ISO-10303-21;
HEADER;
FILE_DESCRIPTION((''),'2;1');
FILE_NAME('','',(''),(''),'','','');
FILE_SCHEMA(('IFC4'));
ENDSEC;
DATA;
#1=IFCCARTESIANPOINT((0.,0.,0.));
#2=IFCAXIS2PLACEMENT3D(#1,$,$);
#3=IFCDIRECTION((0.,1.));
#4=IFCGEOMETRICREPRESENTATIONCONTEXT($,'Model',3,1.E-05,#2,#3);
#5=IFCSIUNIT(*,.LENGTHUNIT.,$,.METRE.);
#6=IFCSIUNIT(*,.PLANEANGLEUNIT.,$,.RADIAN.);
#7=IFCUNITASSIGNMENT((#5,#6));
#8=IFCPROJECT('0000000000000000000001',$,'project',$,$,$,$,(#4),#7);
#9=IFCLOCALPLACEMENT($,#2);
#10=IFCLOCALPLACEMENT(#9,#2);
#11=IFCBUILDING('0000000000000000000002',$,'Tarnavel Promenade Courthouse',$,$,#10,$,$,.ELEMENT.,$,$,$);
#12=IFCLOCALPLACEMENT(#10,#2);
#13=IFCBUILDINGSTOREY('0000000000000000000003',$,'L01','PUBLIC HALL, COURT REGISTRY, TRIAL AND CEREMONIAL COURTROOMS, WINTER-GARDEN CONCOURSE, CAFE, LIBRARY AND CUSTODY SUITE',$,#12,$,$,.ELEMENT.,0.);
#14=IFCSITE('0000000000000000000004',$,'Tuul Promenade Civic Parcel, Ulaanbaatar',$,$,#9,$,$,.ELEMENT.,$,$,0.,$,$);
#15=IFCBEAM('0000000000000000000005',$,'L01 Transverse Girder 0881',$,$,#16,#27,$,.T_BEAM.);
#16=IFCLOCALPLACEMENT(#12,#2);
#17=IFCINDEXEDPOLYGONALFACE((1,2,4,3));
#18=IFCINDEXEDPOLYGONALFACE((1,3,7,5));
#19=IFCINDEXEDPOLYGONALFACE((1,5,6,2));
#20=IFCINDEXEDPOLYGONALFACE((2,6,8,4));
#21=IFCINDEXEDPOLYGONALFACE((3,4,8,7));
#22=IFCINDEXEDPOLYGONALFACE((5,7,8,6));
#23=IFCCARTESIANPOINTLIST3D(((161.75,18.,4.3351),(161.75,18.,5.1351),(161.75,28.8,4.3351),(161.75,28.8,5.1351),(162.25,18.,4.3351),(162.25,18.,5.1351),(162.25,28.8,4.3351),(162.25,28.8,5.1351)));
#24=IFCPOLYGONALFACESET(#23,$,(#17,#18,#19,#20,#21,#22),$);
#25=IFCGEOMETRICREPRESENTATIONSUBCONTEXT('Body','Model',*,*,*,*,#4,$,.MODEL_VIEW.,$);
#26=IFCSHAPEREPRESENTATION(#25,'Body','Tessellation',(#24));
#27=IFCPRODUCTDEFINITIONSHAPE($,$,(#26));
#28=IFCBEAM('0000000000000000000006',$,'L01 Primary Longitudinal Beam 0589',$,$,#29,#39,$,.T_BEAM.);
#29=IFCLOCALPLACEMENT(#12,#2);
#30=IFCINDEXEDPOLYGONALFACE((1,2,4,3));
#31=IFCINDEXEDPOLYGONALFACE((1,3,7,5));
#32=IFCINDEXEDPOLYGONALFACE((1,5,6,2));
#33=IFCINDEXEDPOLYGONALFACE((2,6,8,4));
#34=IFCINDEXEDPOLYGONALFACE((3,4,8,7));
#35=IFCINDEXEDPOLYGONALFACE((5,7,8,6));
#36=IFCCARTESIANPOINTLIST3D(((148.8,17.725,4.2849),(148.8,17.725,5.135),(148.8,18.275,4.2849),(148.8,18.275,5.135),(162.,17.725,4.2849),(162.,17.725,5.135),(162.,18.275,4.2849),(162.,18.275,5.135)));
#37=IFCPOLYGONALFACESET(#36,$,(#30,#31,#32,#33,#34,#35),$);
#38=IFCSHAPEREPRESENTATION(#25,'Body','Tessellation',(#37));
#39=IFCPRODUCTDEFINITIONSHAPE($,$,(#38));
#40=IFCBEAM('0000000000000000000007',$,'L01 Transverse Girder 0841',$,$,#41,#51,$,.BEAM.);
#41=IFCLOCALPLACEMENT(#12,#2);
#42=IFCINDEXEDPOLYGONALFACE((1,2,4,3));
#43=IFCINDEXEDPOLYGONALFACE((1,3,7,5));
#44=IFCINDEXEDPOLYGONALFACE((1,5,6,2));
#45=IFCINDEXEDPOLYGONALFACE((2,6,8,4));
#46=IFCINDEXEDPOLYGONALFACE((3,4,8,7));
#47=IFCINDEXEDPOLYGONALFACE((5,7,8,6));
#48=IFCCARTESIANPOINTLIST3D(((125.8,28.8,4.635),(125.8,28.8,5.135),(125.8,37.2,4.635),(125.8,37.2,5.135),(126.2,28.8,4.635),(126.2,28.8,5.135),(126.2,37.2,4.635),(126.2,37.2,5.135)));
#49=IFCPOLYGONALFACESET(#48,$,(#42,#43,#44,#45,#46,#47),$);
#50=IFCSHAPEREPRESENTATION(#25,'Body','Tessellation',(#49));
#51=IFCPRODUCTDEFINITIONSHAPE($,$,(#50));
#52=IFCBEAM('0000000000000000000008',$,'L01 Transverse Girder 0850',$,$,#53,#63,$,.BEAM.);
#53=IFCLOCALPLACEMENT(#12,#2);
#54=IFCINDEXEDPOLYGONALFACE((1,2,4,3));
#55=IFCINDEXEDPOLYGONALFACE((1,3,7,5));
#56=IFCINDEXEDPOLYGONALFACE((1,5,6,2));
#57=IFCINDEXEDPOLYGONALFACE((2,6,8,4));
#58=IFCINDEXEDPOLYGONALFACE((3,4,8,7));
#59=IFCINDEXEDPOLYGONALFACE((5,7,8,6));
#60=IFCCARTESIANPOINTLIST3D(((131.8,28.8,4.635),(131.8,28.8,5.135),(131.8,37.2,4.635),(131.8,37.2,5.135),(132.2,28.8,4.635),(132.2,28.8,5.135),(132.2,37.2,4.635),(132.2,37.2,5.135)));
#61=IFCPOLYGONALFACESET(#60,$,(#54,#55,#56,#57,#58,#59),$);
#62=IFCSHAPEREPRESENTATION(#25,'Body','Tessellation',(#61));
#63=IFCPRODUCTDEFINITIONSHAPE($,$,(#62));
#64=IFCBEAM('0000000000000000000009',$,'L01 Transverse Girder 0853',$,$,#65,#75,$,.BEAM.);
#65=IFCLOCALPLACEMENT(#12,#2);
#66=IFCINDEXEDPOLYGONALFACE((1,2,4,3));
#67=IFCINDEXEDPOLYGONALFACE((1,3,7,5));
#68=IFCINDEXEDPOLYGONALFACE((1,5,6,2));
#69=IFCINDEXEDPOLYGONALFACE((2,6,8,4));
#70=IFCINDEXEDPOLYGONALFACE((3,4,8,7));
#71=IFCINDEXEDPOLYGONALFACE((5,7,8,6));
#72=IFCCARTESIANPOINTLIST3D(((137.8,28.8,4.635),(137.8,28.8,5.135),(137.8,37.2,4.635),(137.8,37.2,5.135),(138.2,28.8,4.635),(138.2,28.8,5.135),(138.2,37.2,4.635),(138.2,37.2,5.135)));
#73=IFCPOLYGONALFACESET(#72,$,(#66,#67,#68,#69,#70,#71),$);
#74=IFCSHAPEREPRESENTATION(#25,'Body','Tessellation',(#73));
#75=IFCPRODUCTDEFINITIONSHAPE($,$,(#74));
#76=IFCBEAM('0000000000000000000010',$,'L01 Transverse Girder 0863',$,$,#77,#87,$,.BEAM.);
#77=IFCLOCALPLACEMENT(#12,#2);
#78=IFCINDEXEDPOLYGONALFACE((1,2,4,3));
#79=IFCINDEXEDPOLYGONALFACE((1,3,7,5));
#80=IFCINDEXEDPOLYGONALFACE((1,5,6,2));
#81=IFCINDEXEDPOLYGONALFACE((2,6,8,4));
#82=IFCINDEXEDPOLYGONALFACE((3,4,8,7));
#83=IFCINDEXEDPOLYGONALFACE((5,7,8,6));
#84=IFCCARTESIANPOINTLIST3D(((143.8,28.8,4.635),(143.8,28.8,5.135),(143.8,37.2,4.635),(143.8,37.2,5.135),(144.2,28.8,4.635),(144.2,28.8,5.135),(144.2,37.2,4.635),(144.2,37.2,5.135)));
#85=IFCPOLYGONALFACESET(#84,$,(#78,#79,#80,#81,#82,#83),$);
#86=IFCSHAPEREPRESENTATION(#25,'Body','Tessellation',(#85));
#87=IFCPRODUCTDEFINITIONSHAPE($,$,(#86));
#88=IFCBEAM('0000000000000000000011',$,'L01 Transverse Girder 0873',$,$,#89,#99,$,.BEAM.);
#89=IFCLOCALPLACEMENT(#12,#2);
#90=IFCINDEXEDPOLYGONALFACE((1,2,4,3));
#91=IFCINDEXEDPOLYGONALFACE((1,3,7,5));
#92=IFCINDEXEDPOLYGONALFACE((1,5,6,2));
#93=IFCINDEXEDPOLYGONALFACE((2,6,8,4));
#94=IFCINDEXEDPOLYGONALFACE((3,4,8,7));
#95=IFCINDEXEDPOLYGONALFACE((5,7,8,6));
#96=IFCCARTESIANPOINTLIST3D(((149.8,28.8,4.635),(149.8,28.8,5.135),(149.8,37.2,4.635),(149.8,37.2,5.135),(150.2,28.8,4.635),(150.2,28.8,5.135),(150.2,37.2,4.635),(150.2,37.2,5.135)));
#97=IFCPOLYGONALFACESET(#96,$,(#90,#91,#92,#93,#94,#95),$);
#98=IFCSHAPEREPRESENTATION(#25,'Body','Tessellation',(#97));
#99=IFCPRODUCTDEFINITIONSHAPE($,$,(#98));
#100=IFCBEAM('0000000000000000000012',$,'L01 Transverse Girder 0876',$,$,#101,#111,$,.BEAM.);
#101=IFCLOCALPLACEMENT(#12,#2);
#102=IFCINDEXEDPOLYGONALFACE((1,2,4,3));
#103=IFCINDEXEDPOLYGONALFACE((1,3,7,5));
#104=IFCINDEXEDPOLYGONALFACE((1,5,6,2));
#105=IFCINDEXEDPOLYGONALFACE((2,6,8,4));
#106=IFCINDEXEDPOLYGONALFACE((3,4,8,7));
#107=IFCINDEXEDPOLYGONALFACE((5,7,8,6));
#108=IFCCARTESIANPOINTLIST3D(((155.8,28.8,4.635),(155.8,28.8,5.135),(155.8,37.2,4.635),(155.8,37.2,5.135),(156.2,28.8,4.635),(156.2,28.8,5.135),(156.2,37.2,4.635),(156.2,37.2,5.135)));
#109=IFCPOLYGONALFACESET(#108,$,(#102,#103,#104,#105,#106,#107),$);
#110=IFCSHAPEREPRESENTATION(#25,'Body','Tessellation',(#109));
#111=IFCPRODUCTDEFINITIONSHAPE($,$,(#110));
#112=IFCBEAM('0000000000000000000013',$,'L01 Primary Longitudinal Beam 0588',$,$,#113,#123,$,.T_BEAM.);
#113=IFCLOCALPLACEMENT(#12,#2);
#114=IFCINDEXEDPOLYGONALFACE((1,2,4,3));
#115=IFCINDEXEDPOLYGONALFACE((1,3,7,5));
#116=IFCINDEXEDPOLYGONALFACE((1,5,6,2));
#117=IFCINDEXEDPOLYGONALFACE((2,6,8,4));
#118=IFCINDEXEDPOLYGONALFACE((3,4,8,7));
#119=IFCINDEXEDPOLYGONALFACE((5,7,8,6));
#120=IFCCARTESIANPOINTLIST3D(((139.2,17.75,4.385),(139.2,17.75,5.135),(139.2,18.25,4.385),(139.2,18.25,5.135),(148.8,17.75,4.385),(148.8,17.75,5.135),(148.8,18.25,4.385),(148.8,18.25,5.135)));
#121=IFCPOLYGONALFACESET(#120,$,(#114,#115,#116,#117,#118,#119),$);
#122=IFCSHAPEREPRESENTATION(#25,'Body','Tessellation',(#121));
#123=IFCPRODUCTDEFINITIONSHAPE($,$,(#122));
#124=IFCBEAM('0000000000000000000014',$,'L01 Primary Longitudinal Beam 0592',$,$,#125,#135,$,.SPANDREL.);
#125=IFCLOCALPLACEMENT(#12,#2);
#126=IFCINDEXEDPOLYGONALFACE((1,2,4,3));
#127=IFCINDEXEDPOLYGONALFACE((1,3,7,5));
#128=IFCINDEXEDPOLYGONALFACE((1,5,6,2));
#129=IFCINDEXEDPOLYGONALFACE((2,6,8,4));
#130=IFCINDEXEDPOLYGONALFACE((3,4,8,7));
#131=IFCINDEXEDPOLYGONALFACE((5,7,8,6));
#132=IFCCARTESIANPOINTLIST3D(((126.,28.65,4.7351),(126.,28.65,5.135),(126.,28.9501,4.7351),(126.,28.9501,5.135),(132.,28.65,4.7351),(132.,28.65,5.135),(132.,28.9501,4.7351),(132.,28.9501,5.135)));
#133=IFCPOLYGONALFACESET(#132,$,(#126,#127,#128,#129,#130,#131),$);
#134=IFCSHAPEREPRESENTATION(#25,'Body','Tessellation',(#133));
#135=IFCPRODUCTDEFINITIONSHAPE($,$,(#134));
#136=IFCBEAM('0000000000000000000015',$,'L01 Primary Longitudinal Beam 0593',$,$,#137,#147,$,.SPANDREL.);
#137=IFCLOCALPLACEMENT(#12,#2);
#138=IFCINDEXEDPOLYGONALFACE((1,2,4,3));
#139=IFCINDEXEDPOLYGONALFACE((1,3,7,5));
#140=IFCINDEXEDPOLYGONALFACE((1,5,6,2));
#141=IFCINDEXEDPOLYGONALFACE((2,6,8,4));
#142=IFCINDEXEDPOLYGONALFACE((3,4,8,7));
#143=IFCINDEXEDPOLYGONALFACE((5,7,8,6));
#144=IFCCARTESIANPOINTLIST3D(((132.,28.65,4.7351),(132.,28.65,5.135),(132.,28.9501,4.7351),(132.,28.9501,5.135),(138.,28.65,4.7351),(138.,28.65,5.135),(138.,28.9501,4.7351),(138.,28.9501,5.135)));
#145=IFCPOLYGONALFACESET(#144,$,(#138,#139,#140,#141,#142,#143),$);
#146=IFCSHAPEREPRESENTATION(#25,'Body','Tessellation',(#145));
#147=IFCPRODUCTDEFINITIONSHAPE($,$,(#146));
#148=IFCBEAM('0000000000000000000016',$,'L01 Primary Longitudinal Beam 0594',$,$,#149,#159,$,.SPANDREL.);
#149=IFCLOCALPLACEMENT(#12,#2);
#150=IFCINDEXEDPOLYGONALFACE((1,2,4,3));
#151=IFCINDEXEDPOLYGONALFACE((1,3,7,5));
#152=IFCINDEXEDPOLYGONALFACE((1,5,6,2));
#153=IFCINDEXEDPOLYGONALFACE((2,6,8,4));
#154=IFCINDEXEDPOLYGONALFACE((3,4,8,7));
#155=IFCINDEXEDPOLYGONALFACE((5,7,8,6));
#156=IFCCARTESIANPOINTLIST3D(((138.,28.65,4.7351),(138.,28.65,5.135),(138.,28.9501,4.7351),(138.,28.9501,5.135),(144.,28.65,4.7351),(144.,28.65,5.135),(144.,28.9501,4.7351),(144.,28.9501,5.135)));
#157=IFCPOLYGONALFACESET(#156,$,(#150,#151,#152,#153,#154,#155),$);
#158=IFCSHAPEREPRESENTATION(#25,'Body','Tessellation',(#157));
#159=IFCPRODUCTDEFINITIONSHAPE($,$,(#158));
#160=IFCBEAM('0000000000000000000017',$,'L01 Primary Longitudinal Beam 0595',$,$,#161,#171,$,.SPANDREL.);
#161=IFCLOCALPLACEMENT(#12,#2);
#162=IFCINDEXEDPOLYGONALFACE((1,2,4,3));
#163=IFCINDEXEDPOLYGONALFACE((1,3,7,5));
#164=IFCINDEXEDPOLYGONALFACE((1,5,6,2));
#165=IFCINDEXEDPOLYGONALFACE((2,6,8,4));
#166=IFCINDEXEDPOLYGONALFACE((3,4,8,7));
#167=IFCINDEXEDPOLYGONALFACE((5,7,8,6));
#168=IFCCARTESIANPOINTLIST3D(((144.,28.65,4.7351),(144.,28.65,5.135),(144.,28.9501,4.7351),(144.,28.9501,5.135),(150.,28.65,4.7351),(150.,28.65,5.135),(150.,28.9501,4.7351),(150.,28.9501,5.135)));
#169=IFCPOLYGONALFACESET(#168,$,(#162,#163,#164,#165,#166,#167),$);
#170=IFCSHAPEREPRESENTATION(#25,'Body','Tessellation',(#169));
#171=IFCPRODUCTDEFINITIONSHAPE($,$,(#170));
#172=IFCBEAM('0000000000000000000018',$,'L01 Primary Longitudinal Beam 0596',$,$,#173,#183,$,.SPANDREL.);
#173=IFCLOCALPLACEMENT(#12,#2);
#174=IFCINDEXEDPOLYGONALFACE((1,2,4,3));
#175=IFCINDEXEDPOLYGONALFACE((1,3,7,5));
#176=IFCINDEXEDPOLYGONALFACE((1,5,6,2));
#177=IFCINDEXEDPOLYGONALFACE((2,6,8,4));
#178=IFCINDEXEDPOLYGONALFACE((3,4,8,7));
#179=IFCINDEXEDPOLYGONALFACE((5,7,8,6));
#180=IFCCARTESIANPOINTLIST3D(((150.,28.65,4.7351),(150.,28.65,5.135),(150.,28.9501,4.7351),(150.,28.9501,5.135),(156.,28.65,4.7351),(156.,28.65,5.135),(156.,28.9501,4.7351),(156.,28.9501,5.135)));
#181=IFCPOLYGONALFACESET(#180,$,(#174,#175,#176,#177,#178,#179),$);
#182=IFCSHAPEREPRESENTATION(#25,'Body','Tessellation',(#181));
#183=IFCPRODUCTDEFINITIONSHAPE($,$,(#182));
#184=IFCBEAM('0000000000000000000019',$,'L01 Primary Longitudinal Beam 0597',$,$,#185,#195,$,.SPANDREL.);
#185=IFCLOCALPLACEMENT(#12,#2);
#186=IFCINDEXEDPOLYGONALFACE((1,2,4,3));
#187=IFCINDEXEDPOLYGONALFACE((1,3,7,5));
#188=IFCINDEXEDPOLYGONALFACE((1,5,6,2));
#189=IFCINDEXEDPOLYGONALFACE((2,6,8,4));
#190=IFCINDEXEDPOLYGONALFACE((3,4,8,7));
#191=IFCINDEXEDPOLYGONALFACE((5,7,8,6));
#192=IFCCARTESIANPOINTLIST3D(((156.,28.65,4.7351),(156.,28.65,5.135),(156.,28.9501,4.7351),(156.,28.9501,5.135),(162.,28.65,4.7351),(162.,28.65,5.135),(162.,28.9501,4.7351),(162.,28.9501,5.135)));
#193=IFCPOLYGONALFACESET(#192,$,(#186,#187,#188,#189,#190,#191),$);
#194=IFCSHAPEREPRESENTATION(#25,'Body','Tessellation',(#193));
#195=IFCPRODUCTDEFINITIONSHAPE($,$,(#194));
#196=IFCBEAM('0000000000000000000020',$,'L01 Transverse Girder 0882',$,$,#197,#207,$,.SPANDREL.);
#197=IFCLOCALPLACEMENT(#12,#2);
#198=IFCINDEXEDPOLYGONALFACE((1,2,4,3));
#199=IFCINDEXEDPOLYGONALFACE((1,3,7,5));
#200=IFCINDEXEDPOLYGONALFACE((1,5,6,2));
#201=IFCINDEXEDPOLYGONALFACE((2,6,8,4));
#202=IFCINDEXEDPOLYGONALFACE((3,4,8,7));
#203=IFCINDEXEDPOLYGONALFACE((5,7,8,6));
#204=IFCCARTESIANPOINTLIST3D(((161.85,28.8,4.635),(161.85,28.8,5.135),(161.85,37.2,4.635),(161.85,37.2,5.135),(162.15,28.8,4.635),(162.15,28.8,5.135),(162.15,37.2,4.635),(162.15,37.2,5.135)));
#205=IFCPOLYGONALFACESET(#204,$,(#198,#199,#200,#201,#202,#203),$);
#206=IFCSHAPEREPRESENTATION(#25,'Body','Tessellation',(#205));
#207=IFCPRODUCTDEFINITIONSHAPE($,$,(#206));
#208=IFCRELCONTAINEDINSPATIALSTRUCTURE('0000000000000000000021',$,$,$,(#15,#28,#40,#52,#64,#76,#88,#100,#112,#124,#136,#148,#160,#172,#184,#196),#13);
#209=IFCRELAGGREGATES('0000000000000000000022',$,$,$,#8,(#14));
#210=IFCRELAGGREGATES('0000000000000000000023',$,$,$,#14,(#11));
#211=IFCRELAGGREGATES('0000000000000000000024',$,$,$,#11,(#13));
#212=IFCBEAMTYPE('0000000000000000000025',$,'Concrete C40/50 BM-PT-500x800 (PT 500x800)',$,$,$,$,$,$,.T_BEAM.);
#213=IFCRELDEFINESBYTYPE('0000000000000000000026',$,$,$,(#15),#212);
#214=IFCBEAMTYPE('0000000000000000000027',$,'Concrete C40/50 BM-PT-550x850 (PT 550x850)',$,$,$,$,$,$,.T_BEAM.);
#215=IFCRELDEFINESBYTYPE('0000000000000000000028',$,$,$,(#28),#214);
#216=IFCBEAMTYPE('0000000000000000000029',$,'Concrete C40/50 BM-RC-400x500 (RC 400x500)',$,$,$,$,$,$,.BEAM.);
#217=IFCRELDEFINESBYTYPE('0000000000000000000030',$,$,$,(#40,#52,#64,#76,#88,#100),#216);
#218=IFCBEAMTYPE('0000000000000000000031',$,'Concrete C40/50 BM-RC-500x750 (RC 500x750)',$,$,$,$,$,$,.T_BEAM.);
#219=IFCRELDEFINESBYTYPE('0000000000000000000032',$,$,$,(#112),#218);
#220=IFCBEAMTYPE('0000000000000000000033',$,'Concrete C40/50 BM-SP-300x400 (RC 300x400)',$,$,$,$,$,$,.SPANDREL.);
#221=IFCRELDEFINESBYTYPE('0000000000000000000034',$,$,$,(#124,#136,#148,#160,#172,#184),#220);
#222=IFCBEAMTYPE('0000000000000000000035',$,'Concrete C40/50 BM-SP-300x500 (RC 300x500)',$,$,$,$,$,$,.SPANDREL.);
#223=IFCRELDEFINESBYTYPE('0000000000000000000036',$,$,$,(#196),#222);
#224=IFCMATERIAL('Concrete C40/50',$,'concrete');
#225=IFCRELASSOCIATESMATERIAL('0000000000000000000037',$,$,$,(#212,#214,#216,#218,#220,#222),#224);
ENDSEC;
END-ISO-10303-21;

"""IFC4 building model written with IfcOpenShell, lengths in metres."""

from ifc_helpers import new_model, si_unit, direction, frame, origin, origin_2d, place, context, subcontext, project, spatial, rectangle, extrude, material, material_profile, profile_set, type_object, element, save


model = new_model("IFC4")

# Units and contexts
model_context = context("Model", 3, precision=1e-05, world=origin(), true_north=direction((0.0, 1.0)))
body_context = subcontext(model_context, "Body", "Model", "MODEL_VIEW")
ifc_project = project(units=[si_unit("LENGTHUNIT", "METRE"), si_unit("PLANEANGLEUNIT", "RADIAN")], contexts=[model_context])

# Site, building, storey
site_placement = place(None, origin())
site = spatial("IfcSite", under=ifc_project, at=site_placement, Name="Tuul Promenade Civic Parcel, Ulaanbaatar", CompositionType="ELEMENT", RefElevation=0.0)
building_placement = place(site_placement, origin())
building = spatial("IfcBuilding", under=site, at=building_placement, Name="Tarnavel Promenade Courthouse", CompositionType="ELEMENT")
storey_placement = place(building_placement, origin())
storey = spatial("IfcBuildingStorey", under=building, at=storey_placement, Name="L01", Description="PUBLIC HALL, COURT REGISTRY, TRIAL AND CEREMONIAL COURTROOMS, WINTER-GARDEN CONCOURSE, CAFE, LIBRARY AND CUSTODY SUITE", CompositionType="ELEMENT", Elevation=0.0)

# Shared definitions
ifc_material_1 = material(Name="Concrete C40/50", Category="concrete")

# Beams
ifc_material_profile_1 = material_profile(ifc_material_1, rectangle(XDim=0.5, YDim=0.8, at=origin_2d()), Name="PT 500x800")
ifc_profile_set_1 = profile_set([ifc_material_profile_1], Name="Concrete C40/50")
beam_type_1 = type_object("IfcBeamType", Name="Concrete C40/50 BM-PT-500x800 (PT 500x800)", PredefinedType="T_BEAM", material=ifc_profile_set_1)
beam_1_placement = place(storey_placement, frame((162.0, 18.0, 4.7351), z_axis=(0.0, 1.0, 0.0), x_axis=(-1.0, 0.0, 0.0)))
element("IfcBeam", 1, at=beam_1_placement, inside=storey, type_object=beam_type_1, Name="L01 Transverse Girder 0881", PredefinedType="T_BEAM", context=body_context, shape_type="SweptSolid", body=[
    extrude(rectangle(XDim=0.5, YDim=0.8, at=origin_2d()), origin(), (0.0, 0.0, 1.0), 10.8),
])
ifc_material_profile_2 = material_profile(ifc_material_1, rectangle(XDim=0.55, YDim=0.8501, at=origin_2d()), Name="PT 550x850")
ifc_profile_set_2 = profile_set([ifc_material_profile_2], Name="Concrete C40/50")
beam_type_2 = type_object("IfcBeamType", Name="Concrete C40/50 BM-PT-550x850 (PT 550x850)", PredefinedType="T_BEAM", material=ifc_profile_set_2)
beam_2_placement = place(storey_placement, frame((148.8, 18.0, 4.71), z_axis=(1.0, 0.0, 0.0), x_axis=(0.0, 1.0, 0.0)))
element("IfcBeam", 2, at=beam_2_placement, inside=storey, type_object=beam_type_2, Name="L01 Primary Longitudinal Beam 0589", PredefinedType="T_BEAM", context=body_context, shape_type="SweptSolid", body=[
    extrude(rectangle(XDim=0.55, YDim=0.8501, at=origin_2d()), origin(), (0.0, 0.0, 1.0), 13.2),
])
ifc_material_profile_3 = material_profile(ifc_material_1, rectangle(XDim=0.3999, YDim=0.5, at=origin_2d()), Name="RC 400x500")
ifc_profile_set_3 = profile_set([ifc_material_profile_3], Name="Concrete C40/50")
beam_type_3 = type_object("IfcBeamType", Name="Concrete C40/50 BM-RC-400x500 (RC 400x500)", PredefinedType="BEAM", material=ifc_profile_set_3)
for number, where, z_axis, x_axis, name in (
    (3, (126.0, 28.8, 4.885), (0.0, 1.0, 0.0), (-1.0, 0.0, 0.0), "L01 Transverse Girder 0841"),
    (4, (132.0, 28.8, 4.885), (0.0, 1.0, 0.0), (-1.0, 0.0, 0.0), "L01 Transverse Girder 0850"),
    (5, (138.0, 28.8, 4.885), (0.0, 1.0, 0.0), (-1.0, 0.0, 0.0), "L01 Transverse Girder 0853"),
    (6, (144.0, 28.8, 4.885), (0.0, 1.0, 0.0), (-1.0, 0.0, 0.0), "L01 Transverse Girder 0863"),
    (7, (150.0, 28.8, 4.885), (0.0, 1.0, 0.0), (-1.0, 0.0, 0.0), "L01 Transverse Girder 0873"),
    (8, (156.0, 28.8, 4.885), (0.0, 1.0, 0.0), (-1.0, 0.0, 0.0), "L01 Transverse Girder 0876"),
):
    element("IfcBeam", number, at=place(storey_placement, frame(where, z_axis=z_axis, x_axis=x_axis)), inside=storey, type_object=beam_type_3, Name=name, PredefinedType="BEAM", context=body_context, shape_type="SweptSolid", body=[
        extrude(rectangle(XDim=0.3999, YDim=0.5, at=origin_2d()), origin(), (0.0, 0.0, 1.0), 8.3999),
    ])
ifc_material_profile_4 = material_profile(ifc_material_1, rectangle(XDim=0.5, YDim=0.75, at=origin_2d()), Name="RC 500x750")
ifc_profile_set_4 = profile_set([ifc_material_profile_4], Name="Concrete C40/50")
beam_type_4 = type_object("IfcBeamType", Name="Concrete C40/50 BM-RC-500x750 (RC 500x750)", PredefinedType="T_BEAM", material=ifc_profile_set_4)
beam_3_placement = place(storey_placement, frame((139.2, 18.0, 4.76), z_axis=(1.0, 0.0, 0.0), x_axis=(0.0, 1.0, 0.0)))
element("IfcBeam", 9, at=beam_3_placement, inside=storey, type_object=beam_type_4, Name="L01 Primary Longitudinal Beam 0588", PredefinedType="T_BEAM", context=body_context, shape_type="SweptSolid", body=[
    extrude(rectangle(XDim=0.5, YDim=0.75, at=origin_2d()), origin(), (0.0, 0.0, 1.0), 9.6001),
])
ifc_material_profile_5 = material_profile(ifc_material_1, rectangle(XDim=0.3, YDim=0.3999, at=origin_2d()), Name="RC 300x400")
ifc_profile_set_5 = profile_set([ifc_material_profile_5], Name="Concrete C40/50")
beam_type_5 = type_object("IfcBeamType", Name="Concrete C40/50 BM-SP-300x400 (RC 300x400)", PredefinedType="SPANDREL", material=ifc_profile_set_5)
for number, where, z_axis, x_axis, name in (
    (10, (126.0, 28.8, 4.9351), (1.0, 0.0, 0.0), (0.0, 1.0, 0.0), "L01 Primary Longitudinal Beam 0592"),
    (11, (132.0, 28.8, 4.9351), (1.0, 0.0, 0.0), (0.0, 1.0, 0.0), "L01 Primary Longitudinal Beam 0593"),
    (12, (138.0, 28.8, 4.9351), (1.0, 0.0, 0.0), (0.0, 1.0, 0.0), "L01 Primary Longitudinal Beam 0594"),
    (13, (144.0, 28.8, 4.9351), (1.0, 0.0, 0.0), (0.0, 1.0, 0.0), "L01 Primary Longitudinal Beam 0595"),
    (14, (150.0, 28.8, 4.9351), (1.0, 0.0, 0.0), (0.0, 1.0, 0.0), "L01 Primary Longitudinal Beam 0596"),
    (15, (156.0, 28.8, 4.9351), (1.0, 0.0, 0.0), (0.0, 1.0, 0.0), "L01 Primary Longitudinal Beam 0597"),
):
    element("IfcBeam", number, at=place(storey_placement, frame(where, z_axis=z_axis, x_axis=x_axis)), inside=storey, type_object=beam_type_5, Name=name, PredefinedType="SPANDREL", context=body_context, shape_type="SweptSolid", body=[
        extrude(rectangle(XDim=0.3, YDim=0.3999, at=origin_2d()), origin(), (0.0, 0.0, 1.0), 6.0),
    ])
ifc_material_profile_6 = material_profile(ifc_material_1, rectangle(XDim=0.3, YDim=0.5, at=origin_2d()), Name="RC 300x500")
ifc_profile_set_6 = profile_set([ifc_material_profile_6], Name="Concrete C40/50")
beam_type_6 = type_object("IfcBeamType", Name="Concrete C40/50 BM-SP-300x500 (RC 300x500)", PredefinedType="SPANDREL", material=ifc_profile_set_6)
beam_4_placement = place(storey_placement, frame((162.0, 28.8, 4.885), z_axis=(0.0, 1.0, 0.0), x_axis=(-1.0, 0.0, 0.0)))
element("IfcBeam", 16, at=beam_4_placement, inside=storey, type_object=beam_type_6, Name="L01 Transverse Girder 0882", PredefinedType="SPANDREL", context=body_context, shape_type="SweptSolid", body=[
    extrude(rectangle(XDim=0.3, YDim=0.5, at=origin_2d()), origin(), (0.0, 0.0, 1.0), 8.3999),
])

save(model, "model.ifc")
